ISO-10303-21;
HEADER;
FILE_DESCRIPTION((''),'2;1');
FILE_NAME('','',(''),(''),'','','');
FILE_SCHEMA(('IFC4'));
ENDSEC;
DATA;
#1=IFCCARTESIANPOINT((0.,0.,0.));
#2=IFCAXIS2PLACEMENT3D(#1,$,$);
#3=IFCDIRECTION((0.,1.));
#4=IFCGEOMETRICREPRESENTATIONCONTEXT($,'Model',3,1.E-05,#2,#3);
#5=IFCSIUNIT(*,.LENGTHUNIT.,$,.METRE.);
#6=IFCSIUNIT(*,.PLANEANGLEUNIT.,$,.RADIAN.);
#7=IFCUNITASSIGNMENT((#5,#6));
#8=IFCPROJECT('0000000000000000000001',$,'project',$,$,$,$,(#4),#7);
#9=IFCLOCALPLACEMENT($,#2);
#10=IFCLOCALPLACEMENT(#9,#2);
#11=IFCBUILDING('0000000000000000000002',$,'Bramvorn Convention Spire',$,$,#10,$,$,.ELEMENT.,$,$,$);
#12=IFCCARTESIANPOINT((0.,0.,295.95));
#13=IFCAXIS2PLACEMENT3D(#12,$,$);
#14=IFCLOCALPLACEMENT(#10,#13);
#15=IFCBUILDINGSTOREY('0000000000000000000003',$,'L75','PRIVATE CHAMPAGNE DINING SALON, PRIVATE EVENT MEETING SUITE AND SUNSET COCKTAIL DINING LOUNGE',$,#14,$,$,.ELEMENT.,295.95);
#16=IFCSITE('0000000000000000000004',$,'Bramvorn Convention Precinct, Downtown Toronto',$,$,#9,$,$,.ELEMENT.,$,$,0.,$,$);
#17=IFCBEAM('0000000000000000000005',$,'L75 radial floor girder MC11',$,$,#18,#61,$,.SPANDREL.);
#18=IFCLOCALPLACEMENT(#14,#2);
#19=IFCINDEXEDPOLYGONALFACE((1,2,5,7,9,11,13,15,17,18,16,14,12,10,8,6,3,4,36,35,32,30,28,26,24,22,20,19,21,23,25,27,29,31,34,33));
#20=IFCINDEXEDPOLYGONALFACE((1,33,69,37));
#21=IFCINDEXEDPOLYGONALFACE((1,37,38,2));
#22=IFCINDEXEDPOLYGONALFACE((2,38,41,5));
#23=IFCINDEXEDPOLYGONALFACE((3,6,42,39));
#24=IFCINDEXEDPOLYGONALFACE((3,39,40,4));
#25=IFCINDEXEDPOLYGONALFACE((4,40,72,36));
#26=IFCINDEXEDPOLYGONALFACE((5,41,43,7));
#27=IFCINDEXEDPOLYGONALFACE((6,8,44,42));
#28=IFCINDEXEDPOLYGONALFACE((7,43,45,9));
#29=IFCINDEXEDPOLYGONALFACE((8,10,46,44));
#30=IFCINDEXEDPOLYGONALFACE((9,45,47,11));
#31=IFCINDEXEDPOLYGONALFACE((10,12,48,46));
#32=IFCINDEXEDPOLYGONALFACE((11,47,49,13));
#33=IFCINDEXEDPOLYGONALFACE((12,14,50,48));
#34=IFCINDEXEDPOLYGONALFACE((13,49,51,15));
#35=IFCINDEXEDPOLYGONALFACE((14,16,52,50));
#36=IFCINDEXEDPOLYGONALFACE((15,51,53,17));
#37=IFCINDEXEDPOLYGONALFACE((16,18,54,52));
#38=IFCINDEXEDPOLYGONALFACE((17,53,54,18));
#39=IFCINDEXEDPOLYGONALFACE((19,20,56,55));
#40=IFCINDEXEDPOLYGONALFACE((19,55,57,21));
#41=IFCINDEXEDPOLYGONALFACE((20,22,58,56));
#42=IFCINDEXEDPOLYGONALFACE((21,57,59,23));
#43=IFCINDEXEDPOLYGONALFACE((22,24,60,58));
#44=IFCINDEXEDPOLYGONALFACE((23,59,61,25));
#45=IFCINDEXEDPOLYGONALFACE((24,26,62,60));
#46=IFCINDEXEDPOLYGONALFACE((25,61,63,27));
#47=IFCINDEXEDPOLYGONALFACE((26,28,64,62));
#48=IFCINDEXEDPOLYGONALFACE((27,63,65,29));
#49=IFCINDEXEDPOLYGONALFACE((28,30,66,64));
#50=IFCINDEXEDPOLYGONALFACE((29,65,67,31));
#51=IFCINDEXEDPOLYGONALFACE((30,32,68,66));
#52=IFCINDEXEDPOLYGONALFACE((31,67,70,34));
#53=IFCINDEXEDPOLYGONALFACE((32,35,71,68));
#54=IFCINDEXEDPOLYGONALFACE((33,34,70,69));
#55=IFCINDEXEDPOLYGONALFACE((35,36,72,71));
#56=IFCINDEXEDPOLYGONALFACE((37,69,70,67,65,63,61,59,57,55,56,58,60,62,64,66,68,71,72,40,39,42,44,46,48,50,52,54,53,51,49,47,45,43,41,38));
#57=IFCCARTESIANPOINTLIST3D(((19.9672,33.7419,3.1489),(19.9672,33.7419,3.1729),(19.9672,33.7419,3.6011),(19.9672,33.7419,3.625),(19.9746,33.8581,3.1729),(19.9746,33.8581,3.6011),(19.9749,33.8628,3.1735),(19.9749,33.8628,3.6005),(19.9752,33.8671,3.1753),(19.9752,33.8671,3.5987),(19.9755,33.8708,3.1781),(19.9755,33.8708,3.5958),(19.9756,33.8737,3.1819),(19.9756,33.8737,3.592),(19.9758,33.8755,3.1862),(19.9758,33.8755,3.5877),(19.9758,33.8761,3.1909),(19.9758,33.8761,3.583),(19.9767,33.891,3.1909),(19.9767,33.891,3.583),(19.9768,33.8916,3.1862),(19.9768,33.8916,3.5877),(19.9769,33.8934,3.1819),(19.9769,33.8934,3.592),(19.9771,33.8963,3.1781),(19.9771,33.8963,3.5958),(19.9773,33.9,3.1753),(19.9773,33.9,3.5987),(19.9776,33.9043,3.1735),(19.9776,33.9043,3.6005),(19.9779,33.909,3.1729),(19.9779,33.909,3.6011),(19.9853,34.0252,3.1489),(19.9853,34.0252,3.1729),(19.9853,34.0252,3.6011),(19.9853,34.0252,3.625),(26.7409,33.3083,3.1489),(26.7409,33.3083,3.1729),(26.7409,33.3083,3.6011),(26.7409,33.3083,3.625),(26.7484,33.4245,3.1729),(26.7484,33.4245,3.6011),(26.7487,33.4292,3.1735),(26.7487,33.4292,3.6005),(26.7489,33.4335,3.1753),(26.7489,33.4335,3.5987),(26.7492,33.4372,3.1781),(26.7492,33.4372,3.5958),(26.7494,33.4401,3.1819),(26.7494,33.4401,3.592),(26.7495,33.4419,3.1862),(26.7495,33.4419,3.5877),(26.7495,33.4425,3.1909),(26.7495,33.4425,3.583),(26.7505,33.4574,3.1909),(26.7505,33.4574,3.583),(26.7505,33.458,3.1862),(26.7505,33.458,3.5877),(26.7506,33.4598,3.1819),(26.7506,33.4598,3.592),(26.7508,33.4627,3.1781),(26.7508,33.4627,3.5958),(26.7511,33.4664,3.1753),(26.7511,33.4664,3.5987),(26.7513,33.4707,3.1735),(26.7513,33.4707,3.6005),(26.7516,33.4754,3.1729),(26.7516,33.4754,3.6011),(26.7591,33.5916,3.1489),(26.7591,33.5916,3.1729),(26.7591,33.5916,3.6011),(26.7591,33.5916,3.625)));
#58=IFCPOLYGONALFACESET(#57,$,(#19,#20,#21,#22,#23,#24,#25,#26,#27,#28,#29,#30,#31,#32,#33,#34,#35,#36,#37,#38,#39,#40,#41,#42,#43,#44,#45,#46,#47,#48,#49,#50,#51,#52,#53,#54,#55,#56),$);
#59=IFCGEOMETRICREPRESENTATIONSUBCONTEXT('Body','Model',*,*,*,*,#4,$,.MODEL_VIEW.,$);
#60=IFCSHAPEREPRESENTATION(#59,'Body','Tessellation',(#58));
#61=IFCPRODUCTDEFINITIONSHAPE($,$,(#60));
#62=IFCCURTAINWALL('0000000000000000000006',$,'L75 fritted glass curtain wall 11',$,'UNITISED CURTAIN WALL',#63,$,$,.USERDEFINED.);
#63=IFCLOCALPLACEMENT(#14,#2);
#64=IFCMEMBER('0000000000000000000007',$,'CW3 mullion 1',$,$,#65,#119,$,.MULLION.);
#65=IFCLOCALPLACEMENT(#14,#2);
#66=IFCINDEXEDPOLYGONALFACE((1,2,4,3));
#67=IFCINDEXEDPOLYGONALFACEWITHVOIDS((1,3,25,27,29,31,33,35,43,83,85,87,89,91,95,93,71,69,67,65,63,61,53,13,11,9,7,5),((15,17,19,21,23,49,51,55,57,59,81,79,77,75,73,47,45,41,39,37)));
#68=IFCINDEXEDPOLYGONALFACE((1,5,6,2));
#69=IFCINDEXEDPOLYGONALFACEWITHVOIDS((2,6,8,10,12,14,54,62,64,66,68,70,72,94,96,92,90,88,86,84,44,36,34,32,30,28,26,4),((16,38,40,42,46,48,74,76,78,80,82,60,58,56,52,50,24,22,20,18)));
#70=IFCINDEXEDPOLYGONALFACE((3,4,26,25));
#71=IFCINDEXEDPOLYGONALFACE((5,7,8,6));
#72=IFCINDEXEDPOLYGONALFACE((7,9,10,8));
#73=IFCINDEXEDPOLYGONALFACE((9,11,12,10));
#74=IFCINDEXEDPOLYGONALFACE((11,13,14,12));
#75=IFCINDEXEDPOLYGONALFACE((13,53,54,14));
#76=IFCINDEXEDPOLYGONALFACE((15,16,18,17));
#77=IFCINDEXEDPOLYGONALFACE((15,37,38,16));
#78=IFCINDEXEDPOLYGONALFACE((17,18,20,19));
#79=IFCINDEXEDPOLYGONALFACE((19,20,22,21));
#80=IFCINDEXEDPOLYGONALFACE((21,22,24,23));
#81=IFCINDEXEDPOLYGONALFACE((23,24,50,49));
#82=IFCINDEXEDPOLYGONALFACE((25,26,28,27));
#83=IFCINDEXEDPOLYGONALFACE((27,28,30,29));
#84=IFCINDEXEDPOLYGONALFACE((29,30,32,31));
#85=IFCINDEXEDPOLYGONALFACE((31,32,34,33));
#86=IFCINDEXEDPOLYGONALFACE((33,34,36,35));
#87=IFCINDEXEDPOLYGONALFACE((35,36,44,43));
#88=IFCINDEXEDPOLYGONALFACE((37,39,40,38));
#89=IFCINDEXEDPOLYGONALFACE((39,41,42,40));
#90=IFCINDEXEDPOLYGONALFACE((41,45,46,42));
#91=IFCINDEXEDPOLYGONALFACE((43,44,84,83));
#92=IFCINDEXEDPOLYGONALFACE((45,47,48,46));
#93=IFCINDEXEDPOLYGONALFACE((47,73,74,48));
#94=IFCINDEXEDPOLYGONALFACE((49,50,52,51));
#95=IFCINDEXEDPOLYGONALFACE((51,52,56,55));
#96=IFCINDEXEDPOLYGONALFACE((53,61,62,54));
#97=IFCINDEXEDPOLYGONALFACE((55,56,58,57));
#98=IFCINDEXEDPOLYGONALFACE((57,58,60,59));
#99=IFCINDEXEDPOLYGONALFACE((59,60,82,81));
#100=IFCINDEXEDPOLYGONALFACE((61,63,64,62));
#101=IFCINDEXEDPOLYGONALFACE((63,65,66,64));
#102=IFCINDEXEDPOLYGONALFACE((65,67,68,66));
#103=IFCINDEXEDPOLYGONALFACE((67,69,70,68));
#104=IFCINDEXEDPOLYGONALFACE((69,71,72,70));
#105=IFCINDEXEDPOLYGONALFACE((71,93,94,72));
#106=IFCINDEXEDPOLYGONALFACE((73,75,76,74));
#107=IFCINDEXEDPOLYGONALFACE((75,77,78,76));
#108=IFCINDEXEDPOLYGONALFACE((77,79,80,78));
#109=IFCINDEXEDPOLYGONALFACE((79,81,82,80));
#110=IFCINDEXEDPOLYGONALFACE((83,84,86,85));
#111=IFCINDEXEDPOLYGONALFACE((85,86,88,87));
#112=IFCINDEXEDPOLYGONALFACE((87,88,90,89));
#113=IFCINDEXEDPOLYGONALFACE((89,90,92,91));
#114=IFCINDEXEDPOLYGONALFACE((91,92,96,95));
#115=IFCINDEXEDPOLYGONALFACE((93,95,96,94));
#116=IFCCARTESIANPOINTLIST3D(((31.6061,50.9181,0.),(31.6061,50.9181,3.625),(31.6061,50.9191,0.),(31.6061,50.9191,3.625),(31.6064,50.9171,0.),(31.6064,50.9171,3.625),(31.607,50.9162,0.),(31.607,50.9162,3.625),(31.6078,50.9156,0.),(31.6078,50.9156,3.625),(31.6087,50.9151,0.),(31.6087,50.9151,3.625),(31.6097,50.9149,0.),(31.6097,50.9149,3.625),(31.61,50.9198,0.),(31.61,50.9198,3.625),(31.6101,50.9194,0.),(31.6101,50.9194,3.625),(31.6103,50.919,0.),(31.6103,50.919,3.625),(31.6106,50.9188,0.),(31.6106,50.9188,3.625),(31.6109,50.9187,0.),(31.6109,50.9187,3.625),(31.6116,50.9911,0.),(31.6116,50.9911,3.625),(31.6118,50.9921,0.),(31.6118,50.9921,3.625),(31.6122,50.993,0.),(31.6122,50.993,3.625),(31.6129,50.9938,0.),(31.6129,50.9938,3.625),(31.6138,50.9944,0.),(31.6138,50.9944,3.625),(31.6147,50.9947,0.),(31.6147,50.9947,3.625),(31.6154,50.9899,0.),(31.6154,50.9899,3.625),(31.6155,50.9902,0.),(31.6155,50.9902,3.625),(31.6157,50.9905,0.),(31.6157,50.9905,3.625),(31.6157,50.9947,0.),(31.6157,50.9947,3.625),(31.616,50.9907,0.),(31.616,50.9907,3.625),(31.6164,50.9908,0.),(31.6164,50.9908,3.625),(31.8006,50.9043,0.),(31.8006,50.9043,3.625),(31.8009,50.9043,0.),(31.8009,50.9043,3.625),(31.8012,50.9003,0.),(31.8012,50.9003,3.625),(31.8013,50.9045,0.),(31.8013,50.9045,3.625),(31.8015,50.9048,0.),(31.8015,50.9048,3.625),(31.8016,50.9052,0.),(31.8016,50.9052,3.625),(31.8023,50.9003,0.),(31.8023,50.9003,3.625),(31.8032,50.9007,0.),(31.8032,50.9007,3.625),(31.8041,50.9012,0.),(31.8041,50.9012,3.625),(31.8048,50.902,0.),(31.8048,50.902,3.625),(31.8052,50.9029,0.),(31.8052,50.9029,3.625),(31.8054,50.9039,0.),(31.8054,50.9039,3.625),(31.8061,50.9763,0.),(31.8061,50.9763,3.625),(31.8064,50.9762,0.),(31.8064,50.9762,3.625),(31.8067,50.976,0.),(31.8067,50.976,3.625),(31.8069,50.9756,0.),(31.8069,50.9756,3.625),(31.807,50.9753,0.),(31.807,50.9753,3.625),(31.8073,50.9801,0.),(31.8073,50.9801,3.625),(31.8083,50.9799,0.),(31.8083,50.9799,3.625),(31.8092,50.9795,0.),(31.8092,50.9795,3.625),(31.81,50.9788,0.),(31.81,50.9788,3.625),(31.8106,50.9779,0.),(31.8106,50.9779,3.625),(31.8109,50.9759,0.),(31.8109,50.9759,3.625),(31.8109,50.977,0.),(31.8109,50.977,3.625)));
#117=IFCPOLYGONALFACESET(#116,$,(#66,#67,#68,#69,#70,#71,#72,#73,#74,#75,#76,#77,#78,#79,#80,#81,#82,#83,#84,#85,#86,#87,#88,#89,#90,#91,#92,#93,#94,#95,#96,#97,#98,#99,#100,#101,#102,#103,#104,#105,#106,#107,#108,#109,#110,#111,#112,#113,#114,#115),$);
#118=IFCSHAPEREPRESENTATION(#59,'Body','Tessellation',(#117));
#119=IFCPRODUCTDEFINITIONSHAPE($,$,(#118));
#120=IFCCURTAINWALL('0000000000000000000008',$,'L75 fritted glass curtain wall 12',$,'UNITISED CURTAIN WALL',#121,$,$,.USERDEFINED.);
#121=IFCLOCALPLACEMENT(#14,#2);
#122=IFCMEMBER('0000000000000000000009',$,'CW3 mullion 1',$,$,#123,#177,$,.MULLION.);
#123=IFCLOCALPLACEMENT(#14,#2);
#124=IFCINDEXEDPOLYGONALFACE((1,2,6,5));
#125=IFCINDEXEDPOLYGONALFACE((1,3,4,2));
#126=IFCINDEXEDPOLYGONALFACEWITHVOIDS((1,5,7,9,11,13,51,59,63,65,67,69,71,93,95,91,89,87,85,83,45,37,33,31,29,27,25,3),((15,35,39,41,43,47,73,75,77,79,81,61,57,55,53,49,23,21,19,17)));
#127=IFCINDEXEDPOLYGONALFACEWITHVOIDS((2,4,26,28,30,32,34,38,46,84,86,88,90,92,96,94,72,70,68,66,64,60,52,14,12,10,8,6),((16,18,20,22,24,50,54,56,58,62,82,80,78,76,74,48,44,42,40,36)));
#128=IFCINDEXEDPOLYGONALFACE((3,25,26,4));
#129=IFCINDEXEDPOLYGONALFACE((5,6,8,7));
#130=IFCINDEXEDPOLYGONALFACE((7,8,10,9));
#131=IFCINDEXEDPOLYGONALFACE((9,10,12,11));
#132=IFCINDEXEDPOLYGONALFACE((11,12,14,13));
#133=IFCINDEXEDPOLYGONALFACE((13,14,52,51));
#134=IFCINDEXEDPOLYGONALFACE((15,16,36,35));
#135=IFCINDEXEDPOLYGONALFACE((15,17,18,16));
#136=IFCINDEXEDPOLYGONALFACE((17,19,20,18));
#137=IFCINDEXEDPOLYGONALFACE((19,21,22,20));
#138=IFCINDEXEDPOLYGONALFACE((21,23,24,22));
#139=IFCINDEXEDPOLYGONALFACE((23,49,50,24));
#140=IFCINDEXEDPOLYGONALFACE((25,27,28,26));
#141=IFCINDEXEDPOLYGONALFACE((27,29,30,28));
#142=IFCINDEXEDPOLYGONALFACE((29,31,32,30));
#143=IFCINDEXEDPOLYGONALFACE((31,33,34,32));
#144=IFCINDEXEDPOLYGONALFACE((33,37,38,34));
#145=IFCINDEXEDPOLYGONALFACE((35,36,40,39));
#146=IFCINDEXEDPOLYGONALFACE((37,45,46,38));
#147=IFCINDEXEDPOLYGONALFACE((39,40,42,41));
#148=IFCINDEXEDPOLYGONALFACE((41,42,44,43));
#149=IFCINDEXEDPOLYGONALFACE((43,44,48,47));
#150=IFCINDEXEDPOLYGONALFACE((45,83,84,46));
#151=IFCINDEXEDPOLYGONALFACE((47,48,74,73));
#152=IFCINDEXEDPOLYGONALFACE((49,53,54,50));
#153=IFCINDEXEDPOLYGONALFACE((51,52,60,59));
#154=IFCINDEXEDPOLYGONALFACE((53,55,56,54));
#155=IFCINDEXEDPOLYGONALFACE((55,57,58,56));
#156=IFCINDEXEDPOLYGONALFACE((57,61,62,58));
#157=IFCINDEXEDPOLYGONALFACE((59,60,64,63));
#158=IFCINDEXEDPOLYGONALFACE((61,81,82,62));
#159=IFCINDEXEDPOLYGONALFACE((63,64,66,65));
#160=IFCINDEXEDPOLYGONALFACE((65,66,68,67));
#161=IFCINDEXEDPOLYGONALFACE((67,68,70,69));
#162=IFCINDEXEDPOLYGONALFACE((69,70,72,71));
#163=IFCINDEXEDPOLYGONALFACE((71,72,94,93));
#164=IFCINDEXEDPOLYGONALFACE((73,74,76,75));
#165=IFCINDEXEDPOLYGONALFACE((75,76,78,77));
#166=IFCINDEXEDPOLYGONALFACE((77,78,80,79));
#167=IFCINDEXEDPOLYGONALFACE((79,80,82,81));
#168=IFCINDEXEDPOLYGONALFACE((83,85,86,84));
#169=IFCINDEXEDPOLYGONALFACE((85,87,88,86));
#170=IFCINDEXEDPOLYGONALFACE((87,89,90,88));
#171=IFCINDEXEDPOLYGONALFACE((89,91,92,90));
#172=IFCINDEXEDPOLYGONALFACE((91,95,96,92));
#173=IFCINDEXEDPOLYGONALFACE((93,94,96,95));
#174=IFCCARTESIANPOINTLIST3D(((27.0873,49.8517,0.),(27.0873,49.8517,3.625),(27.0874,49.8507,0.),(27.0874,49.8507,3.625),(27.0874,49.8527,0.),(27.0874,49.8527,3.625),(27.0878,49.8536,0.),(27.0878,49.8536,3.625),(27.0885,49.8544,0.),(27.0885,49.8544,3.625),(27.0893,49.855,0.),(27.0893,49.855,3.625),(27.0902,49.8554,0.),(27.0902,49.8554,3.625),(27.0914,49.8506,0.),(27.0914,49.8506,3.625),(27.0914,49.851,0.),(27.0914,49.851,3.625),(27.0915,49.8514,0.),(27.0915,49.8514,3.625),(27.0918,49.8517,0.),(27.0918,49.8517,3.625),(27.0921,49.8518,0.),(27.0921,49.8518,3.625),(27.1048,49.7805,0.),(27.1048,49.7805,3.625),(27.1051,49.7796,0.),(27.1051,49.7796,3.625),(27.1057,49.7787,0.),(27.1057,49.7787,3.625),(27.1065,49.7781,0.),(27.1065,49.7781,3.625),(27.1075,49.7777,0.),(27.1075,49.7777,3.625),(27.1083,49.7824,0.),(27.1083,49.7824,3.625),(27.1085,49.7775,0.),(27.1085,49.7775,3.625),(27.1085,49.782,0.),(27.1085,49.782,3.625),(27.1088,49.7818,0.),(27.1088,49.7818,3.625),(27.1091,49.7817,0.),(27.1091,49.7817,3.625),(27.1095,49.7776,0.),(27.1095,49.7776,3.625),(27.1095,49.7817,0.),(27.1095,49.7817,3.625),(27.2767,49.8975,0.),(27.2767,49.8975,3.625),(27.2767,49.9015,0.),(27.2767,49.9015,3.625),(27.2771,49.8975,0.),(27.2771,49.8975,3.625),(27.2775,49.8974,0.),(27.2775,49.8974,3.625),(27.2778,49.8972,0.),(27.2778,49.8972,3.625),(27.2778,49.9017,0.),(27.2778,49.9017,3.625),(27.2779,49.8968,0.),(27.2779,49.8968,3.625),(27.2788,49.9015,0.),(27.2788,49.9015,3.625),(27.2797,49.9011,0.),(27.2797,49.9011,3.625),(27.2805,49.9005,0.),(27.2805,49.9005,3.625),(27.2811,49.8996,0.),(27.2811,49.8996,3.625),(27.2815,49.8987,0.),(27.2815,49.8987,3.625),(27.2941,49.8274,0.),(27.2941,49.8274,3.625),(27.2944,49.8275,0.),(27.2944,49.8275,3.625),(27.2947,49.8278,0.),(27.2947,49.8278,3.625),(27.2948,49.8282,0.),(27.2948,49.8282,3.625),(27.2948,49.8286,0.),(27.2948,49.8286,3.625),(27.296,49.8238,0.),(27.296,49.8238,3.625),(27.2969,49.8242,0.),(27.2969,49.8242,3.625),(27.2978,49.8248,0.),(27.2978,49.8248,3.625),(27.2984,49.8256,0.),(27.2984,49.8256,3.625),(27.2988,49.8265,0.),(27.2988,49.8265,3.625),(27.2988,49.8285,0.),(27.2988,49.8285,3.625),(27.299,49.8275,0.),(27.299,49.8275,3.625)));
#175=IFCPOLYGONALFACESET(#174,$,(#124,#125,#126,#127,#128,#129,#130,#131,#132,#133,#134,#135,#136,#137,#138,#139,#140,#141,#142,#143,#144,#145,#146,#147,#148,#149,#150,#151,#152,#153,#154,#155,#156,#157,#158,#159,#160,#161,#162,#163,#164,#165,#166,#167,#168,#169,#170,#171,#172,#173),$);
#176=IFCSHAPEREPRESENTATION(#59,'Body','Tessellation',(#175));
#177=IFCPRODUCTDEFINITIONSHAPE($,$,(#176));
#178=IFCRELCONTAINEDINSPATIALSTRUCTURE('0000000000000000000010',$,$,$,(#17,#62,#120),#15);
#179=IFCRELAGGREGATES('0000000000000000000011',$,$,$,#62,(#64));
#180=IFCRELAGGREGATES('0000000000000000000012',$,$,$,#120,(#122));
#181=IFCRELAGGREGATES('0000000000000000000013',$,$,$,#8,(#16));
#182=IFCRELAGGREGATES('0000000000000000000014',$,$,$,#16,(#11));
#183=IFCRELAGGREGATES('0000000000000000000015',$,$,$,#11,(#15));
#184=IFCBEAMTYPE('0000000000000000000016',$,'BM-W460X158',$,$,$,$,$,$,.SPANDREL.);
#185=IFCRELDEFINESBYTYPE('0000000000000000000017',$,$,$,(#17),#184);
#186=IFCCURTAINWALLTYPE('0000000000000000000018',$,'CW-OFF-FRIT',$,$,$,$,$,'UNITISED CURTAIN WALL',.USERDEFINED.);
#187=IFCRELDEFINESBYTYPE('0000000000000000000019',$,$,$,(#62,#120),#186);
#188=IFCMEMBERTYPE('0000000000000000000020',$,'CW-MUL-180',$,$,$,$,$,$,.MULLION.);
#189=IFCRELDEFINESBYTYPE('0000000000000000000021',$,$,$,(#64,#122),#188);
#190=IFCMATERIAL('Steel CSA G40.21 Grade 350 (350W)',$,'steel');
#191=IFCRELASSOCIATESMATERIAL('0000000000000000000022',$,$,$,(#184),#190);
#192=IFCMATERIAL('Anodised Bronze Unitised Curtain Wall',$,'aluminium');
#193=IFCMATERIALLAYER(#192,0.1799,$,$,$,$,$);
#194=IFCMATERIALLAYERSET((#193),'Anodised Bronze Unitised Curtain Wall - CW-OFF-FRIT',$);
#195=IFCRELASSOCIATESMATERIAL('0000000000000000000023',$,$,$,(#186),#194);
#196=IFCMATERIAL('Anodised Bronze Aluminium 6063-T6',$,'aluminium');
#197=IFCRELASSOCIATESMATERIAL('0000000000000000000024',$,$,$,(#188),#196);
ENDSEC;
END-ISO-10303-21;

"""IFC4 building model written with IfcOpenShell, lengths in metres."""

from ifc_helpers import new_model, si_unit, direction, frame, origin, origin_2d, place, context, subcontext, project, spatial, hollow_rectangle, i_section, extrude, material, layer, layer_set, material_profile, profile_set, type_object, element, aggregate, save


model = new_model("IFC4")

# Units and contexts
model_context = context("Model", 3, precision=1e-05, world=origin(), true_north=direction((0.0, 1.0)))
body_context = subcontext(model_context, "Body", "Model", "MODEL_VIEW")
ifc_project = project(units=[si_unit("LENGTHUNIT", "METRE"), si_unit("PLANEANGLEUNIT", "RADIAN")], contexts=[model_context])

# Site, building, storey
site_placement = place(None, origin())
site = spatial("IfcSite", under=ifc_project, at=site_placement, Name="Bramvorn Convention Precinct, Downtown Toronto", CompositionType="ELEMENT", RefElevation=0.0)
building_placement = place(site_placement, origin())
building = spatial("IfcBuilding", under=site, at=building_placement, Name="Bramvorn Convention Spire", CompositionType="ELEMENT")
storey_placement = place(building_placement, frame((0.0, 0.0, 295.95)))
storey = spatial("IfcBuildingStorey", under=building, at=storey_placement, Name="L75", Description="PRIVATE CHAMPAGNE DINING SALON, PRIVATE EVENT MEETING SUITE AND SUNSET COCKTAIL DINING LOUNGE", CompositionType="ELEMENT", Elevation=295.95)

# Shared definitions
ifc_material_1 = material(Name="Steel CSA G40.21 Grade 350 (350W)", Category="steel")

# Beam
ifc_material_profile_1 = material_profile(ifc_material_1, i_section(OverallWidth=0.2839, OverallDepth=0.4761, WebThickness=0.0149, FlangeThickness=0.0239, FilletRadius=0.0181, at=origin_2d()))
ifc_profile_set_1 = profile_set([ifc_material_profile_1], Name="Steel CSA G40.21 Grade 350 (350W) - W460X158")
beam_type_1 = type_object("IfcBeamType", Name="BM-W460X158", PredefinedType="SPANDREL", material=ifc_profile_set_1)
beam_1_placement = place(storey_placement, frame((26.75, 33.45, 3.387), z_axis=(-0.997958, 0.063881, 0.0), x_axis=(-0.063881, -0.997958, 0.0)))
element("IfcBeam", 1, at=beam_1_placement, inside=storey, type_object=beam_type_1, Name="L75 radial floor girder MC11", PredefinedType="SPANDREL", context=body_context, shape_type="SweptSolid", body=[
    extrude(i_section(OverallWidth=0.2839, OverallDepth=0.4761, WebThickness=0.0149, FlangeThickness=0.0239, FilletRadius=0.0181, at=origin_2d()), origin(), (0.0, 0.0, 1.0), 6.7876),
])

# Curtain wall, member
ifc_material_2 = material(Name="Anodised Bronze Unitised Curtain Wall", Category="aluminium")
ifc_layer_1 = layer(ifc_material_2, 0.1799)
ifc_layer_set_1 = layer_set([ifc_layer_1], Name="Anodised Bronze Unitised Curtain Wall - CW-OFF-FRIT")
curtain_wall_type = type_object("IfcCurtainWallType", Name="CW-OFF-FRIT", ElementType="UNITISED CURTAIN WALL", PredefinedType="USERDEFINED", material=ifc_layer_set_1)
curtain_wall_1_placement = place(storey_placement, origin())
curtain_wall_1 = element("IfcCurtainWall", 2, at=curtain_wall_1_placement, inside=storey, type_object=curtain_wall_type, Name="L75 fritted glass curtain wall 11", ObjectType="UNITISED CURTAIN WALL", PredefinedType="USERDEFINED")
ifc_material_3 = material(Name="Anodised Bronze Aluminium 6063-T6", Category="aluminium")
ifc_material_profile_2 = material_profile(ifc_material_3, hollow_rectangle(XDim=0.0801, YDim=0.2, WallThickness=0.0039, InnerFilletRadius=0.001, OuterFilletRadius=0.0039, at=origin_2d()))
ifc_profile_set_2 = profile_set([ifc_material_profile_2], Name="Anodised Bronze Aluminium 6063-T6 - CWM80X200")
member_type_1 = type_object("IfcMemberType", Name="CW-MUL-180", PredefinedType="MULLION", material=ifc_profile_set_2)
member_1_placement = place(storey_placement, frame((31.7085, 50.9475, 0.0), z_axis=(0.0, 0.0, 1.0), x_axis=(0.075939, 0.997112, 0.0)))
member_1 = element("IfcMember", 3, at=member_1_placement, type_object=member_type_1, Name="CW3 mullion 1", PredefinedType="MULLION", context=body_context, shape_type="SweptSolid", body=[
    extrude(hollow_rectangle(XDim=0.0801, YDim=0.2, WallThickness=0.0039, InnerFilletRadius=0.001, OuterFilletRadius=0.0039, at=origin_2d()), origin(), (0.0, 0.0, 1.0), 3.625),
])

# Curtain wall, member
curtain_wall_2_placement = place(storey_placement, origin())
curtain_wall_2 = element("IfcCurtainWall", 4, at=curtain_wall_2_placement, inside=storey, type_object=curtain_wall_type, Name="L75 fritted glass curtain wall 12", ObjectType="UNITISED CURTAIN WALL", PredefinedType="USERDEFINED")
member_2_placement = place(storey_placement, frame((27.1931, 49.8396, 0.0), z_axis=(0.0, 0.0, 1.0), x_axis=(-0.240289, 0.970701, 0.0)))
member_2 = element("IfcMember", 5, at=member_2_placement, type_object=member_type_1, Name="CW3 mullion 1", PredefinedType="MULLION", context=body_context, shape_type="SweptSolid", body=[
    extrude(hollow_rectangle(XDim=0.0801, YDim=0.2, WallThickness=0.0039, InnerFilletRadius=0.001, OuterFilletRadius=0.0039, at=origin_2d()), origin(), (0.0, 0.0, 1.0), 3.625),
])

aggregate(curtain_wall_1, [member_1])
aggregate(curtain_wall_2, [member_2])

save(model, "model.ifc")
